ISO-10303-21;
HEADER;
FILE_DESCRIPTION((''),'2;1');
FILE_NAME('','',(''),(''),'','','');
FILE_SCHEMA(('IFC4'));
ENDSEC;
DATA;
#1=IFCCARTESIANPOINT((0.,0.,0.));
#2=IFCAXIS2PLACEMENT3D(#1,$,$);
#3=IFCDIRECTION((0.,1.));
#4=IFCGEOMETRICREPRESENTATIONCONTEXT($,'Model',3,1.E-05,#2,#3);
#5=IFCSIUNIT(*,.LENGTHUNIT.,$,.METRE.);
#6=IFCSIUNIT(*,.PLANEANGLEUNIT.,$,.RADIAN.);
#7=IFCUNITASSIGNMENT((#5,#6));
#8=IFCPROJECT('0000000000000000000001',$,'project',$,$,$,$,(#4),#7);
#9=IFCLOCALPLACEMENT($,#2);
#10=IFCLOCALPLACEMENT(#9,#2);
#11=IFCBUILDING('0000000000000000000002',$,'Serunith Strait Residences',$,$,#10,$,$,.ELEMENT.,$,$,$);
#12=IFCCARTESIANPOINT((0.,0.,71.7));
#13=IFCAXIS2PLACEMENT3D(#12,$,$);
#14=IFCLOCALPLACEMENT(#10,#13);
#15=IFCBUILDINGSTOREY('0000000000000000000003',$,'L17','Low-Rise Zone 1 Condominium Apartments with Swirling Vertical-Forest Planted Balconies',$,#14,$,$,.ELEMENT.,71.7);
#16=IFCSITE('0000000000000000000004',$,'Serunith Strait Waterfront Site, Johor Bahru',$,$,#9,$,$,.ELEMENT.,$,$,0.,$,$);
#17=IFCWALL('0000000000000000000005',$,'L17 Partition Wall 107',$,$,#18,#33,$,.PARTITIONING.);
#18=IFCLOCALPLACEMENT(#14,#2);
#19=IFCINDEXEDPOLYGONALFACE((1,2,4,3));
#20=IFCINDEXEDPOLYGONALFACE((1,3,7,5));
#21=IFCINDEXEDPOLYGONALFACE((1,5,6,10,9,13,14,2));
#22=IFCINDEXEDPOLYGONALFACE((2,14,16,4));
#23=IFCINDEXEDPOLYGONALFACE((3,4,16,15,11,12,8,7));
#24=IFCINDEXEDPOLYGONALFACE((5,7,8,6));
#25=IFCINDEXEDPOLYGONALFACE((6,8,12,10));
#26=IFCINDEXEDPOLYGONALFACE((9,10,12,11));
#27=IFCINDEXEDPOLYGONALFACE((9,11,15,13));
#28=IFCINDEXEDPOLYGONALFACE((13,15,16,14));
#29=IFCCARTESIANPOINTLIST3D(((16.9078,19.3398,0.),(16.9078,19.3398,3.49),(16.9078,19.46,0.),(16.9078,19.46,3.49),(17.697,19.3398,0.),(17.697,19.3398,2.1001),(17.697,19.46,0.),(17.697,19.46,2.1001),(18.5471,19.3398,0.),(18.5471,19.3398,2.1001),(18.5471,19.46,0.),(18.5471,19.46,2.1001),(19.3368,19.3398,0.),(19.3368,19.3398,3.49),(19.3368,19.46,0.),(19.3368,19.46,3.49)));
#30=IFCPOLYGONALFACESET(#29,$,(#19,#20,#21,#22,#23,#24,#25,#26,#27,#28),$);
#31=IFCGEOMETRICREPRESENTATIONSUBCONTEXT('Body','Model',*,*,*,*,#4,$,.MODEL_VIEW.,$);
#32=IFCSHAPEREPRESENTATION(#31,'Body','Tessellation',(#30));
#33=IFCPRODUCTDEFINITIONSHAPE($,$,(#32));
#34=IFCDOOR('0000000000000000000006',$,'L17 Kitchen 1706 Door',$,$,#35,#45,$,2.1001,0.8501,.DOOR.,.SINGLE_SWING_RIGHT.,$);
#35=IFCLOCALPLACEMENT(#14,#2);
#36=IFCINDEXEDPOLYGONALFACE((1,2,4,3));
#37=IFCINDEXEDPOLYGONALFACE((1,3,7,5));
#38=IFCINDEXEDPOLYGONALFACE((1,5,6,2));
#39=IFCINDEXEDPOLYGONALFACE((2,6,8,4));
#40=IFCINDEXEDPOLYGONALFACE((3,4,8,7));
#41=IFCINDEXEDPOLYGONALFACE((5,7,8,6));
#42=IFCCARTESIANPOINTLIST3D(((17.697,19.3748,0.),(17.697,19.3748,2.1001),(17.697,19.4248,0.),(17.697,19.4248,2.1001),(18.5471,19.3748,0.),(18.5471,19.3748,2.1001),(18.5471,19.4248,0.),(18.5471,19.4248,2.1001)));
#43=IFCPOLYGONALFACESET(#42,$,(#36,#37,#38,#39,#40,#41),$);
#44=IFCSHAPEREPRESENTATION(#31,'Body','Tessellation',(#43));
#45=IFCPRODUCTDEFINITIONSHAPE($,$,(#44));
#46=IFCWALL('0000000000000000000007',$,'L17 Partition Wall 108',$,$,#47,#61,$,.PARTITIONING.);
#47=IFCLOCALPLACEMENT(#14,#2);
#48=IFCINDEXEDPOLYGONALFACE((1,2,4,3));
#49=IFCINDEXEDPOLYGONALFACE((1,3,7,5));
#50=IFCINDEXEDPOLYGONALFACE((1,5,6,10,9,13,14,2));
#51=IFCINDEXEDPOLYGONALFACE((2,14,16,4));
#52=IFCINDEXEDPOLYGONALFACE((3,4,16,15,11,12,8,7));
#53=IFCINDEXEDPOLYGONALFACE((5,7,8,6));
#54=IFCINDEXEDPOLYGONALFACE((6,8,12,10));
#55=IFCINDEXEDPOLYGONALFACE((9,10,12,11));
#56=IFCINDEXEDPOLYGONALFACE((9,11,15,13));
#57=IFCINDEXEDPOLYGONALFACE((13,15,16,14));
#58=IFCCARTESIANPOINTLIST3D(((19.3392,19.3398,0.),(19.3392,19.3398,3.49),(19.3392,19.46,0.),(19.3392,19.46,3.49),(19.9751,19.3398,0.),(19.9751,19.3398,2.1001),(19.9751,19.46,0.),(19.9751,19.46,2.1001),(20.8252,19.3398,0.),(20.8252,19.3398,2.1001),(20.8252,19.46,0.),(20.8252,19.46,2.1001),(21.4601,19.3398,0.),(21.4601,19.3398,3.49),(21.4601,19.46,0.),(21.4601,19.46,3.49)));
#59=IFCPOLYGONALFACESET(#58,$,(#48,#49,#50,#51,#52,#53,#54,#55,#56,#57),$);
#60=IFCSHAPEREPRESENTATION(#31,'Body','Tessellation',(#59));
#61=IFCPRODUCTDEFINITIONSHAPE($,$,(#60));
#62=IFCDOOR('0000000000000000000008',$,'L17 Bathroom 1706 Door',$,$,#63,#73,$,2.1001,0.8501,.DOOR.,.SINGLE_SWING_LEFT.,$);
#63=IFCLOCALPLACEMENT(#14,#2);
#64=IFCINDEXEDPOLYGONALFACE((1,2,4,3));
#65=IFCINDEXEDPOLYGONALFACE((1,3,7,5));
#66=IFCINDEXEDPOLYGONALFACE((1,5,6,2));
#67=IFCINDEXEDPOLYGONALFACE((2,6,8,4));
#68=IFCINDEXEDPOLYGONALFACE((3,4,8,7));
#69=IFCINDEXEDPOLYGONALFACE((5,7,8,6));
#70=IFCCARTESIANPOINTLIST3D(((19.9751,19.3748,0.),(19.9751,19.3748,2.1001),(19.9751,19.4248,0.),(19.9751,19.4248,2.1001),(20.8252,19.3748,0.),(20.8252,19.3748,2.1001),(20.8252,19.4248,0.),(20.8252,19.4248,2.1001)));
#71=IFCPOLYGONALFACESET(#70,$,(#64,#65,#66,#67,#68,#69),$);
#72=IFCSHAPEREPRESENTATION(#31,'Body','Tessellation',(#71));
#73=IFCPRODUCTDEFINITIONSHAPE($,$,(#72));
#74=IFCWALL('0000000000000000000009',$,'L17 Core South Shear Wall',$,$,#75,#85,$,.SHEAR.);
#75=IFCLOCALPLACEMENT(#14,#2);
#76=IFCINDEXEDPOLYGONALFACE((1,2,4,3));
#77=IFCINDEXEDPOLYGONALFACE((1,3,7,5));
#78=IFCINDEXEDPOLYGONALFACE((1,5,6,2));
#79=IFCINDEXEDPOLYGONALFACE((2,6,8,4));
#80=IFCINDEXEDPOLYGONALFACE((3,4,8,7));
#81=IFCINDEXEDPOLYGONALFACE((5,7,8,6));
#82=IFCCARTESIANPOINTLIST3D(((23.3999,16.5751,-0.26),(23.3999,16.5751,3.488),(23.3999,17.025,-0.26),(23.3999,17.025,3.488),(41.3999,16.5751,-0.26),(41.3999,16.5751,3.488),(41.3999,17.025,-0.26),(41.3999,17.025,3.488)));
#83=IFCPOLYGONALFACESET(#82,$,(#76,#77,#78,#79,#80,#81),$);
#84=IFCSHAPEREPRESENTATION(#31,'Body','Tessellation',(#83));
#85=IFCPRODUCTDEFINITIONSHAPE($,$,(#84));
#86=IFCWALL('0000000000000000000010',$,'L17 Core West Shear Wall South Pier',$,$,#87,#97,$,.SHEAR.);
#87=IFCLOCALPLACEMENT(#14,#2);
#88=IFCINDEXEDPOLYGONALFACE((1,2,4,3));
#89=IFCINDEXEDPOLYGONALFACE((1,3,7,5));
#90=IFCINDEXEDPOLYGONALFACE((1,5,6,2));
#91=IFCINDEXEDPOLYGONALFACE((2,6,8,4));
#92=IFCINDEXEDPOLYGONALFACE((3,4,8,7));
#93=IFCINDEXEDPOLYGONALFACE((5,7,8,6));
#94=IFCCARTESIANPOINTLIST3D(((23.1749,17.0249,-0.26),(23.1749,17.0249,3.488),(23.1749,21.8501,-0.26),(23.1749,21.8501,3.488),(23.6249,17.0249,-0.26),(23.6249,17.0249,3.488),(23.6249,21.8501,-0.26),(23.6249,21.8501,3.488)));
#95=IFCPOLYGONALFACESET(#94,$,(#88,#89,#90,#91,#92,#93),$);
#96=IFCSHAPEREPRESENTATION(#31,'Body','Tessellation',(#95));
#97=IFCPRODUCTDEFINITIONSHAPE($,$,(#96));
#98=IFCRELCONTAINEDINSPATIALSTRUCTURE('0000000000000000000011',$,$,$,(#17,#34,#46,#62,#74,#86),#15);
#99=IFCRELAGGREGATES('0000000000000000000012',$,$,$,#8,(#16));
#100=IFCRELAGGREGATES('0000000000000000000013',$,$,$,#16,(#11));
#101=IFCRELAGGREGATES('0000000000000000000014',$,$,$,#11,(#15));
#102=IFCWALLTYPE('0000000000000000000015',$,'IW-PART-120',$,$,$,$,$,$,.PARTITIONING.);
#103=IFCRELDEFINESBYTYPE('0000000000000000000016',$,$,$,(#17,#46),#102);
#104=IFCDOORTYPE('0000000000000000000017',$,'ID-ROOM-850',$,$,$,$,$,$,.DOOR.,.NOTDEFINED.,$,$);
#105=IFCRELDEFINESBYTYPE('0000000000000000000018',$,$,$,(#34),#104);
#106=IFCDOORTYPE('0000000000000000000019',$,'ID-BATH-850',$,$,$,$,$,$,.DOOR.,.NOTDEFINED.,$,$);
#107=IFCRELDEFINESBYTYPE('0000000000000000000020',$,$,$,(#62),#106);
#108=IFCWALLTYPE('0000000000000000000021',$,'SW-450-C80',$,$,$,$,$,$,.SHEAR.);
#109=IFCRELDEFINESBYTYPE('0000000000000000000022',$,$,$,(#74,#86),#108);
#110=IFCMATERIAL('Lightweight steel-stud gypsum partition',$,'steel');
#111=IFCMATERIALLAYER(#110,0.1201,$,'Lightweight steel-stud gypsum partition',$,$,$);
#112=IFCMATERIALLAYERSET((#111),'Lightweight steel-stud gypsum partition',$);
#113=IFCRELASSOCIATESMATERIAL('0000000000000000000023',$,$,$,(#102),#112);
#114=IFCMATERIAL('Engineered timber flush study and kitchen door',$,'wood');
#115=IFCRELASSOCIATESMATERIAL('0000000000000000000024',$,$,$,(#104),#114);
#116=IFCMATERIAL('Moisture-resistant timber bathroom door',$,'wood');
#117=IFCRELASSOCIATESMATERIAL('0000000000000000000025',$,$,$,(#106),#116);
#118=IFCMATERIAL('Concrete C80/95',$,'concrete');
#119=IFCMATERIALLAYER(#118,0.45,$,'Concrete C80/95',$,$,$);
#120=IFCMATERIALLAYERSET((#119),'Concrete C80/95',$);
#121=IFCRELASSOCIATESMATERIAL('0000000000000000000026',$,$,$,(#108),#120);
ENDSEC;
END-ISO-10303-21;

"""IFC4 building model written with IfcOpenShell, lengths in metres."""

from ifc_helpers import new_model, si_unit, direction, frame, frame_2d, origin, place, context, subcontext, project, spatial, rectangle, extrude, source, transform, mapped, material, layer, layer_set, type_object, element, fill, save


model = new_model("IFC4")

# Units and contexts
model_context = context("Model", 3, precision=1e-05, world=origin(), true_north=direction((0.0, 1.0)))
body_context = subcontext(model_context, "Body", "Model", "MODEL_VIEW")
ifc_project = project(units=[si_unit("LENGTHUNIT", "METRE"), si_unit("PLANEANGLEUNIT", "RADIAN")], contexts=[model_context])

# Site, building, storey
site_placement = place(None, origin())
site = spatial("IfcSite", under=ifc_project, at=site_placement, Name="Serunith Strait Waterfront Site, Johor Bahru", CompositionType="ELEMENT", RefElevation=0.0)
building_placement = place(site_placement, origin())
building = spatial("IfcBuilding", under=site, at=building_placement, Name="Serunith Strait Residences", CompositionType="ELEMENT")
storey_placement = place(building_placement, frame((0.0, 0.0, 71.7)))
storey = spatial("IfcBuildingStorey", under=building, at=storey_placement, Name="L17", Description="Low-Rise Zone 1 Condominium Apartments with Swirling Vertical-Forest Planted Balconies", CompositionType="ELEMENT", Elevation=71.7)

# Shared definitions
ifc_material_1 = material(Name="Lightweight steel-stud gypsum partition", Category="steel")
ifc_layer_1 = layer(ifc_material_1, 0.1201, Name="Lightweight steel-stud gypsum partition")
ifc_layer_set_1 = layer_set([ifc_layer_1], Name="Lightweight steel-stud gypsum partition")
wall_type_1 = type_object("IfcWallType", Name="IW-PART-120", PredefinedType="PARTITIONING", material=ifc_layer_set_1)

# Walls, openings, doors
wall_1_placement = place(storey_placement, frame((16.908, 19.3999, 0.0), z_axis=(0.0, 0.0, 1.0), x_axis=(1.0, 0.0, 0.0)))
wall_1 = element("IfcWall", 1, at=wall_1_placement, inside=storey, type_object=wall_type_1, Name="L17 Partition Wall 107", PredefinedType="PARTITIONING", context=body_context, shape_type="SweptSolid", body=[
    extrude(rectangle(XDim=2.429, YDim=0.1201, at=frame_2d((1.2144, 0.0))), origin(), (0.0, 0.0, 1.0), 3.49),
])
opening_1_placement = place(wall_1_placement, frame((0.7891, 0.0, 0.0)))
opening_1 = element("IfcOpeningElement", 2, at=opening_1_placement, cuts=wall_1, PredefinedType="OPENING", context=body_context, shape_type="SweptSolid", body=[
    extrude(rectangle(XDim=0.8501, YDim=2.1001, at=frame_2d((0.425, 1.05))), frame((0.0, 0.0701, 0.0), z_axis=(0.0, -1.0, 0.0), x_axis=(1.0, 0.0, 0.0)), (0.0, 0.0, 1.0), 0.1401),
])
ifc_material_2 = material(Name="Engineered timber flush study and kitchen door", Category="wood")
door_type_1 = type_object("IfcDoorType", Name="ID-ROOM-850", OperationType="NOTDEFINED", PredefinedType="DOOR", material=ifc_material_2)
shared_shape_1 = source(origin(), body_context, "Body", "SweptSolid", [
    extrude(rectangle(XDim=0.8501, YDim=2.1001, at=frame_2d((0.425, 1.05))), frame((0.0, 0.0249, 0.0), z_axis=(0.0, -1.0, 0.0), x_axis=(1.0, 0.0, 0.0)), (0.0, 0.0, 1.0), 0.05),
])
door_1_placement = place(opening_1_placement, origin())
door_1 = element("IfcDoor", 3, at=door_1_placement, inside=storey, type_object=door_type_1, Name="L17 Kitchen 1706 Door", OperationType="SINGLE_SWING_RIGHT", OverallHeight=2.1001, OverallWidth=0.8501, PredefinedType="DOOR", context=body_context, shape_type="MappedRepresentation", body=[
    mapped(shared_shape_1, transform((0.0, 0.0, 0.0), scale=1.0)),
])
fill(opening_1, door_1)
wall_2_placement = place(storey_placement, frame((19.3391, 19.3999, 0.0), z_axis=(0.0, 0.0, 1.0), x_axis=(1.0, 0.0, 0.0)))
wall_2 = element("IfcWall", 4, at=wall_2_placement, inside=storey, type_object=wall_type_1, Name="L17 Partition Wall 108", PredefinedType="PARTITIONING", context=body_context, shape_type="SweptSolid", body=[
    extrude(rectangle(XDim=2.1208, YDim=0.1201, at=frame_2d((1.0605, 0.0))), origin(), (0.0, 0.0, 1.0), 3.49),
])
opening_2_placement = place(wall_2_placement, frame((0.636, 0.0, 0.0)))
opening_2 = element("IfcOpeningElement", 5, at=opening_2_placement, cuts=wall_2, PredefinedType="OPENING", context=body_context, shape_type="SweptSolid", body=[
    extrude(rectangle(XDim=0.8501, YDim=2.1001, at=frame_2d((0.425, 1.05))), frame((0.0, 0.0701, 0.0), z_axis=(0.0, -1.0, 0.0), x_axis=(1.0, 0.0, 0.0)), (0.0, 0.0, 1.0), 0.1401),
])
ifc_material_3 = material(Name="Moisture-resistant timber bathroom door", Category="wood")
door_type_2 = type_object("IfcDoorType", Name="ID-BATH-850", OperationType="NOTDEFINED", PredefinedType="DOOR", material=ifc_material_3)
door_2_placement = place(opening_2_placement, origin())
door_2 = element("IfcDoor", 6, at=door_2_placement, inside=storey, type_object=door_type_2, Name="L17 Bathroom 1706 Door", OperationType="SINGLE_SWING_LEFT", OverallHeight=2.1001, OverallWidth=0.8501, PredefinedType="DOOR", context=body_context, shape_type="MappedRepresentation", body=[
    mapped(shared_shape_1, transform((0.0, 0.0, 0.0), scale=1.0)),
])
fill(opening_2, door_2)

# Walls
ifc_material_4 = material(Name="Concrete C80/95", Category="concrete")
ifc_layer_2 = layer(ifc_material_4, 0.45, Name="Concrete C80/95")
ifc_layer_set_2 = layer_set([ifc_layer_2], Name="Concrete C80/95")
wall_type_2 = type_object("IfcWallType", Name="SW-450-C80", PredefinedType="SHEAR", material=ifc_layer_set_2)
wall_3_placement = place(storey_placement, frame((23.3999, 16.8, -0.26), z_axis=(0.0, 0.0, 1.0), x_axis=(1.0, 0.0, 0.0)))
element("IfcWall", 7, at=wall_3_placement, inside=storey, type_object=wall_type_2, Name="L17 Core South Shear Wall", PredefinedType="SHEAR", context=body_context, shape_type="SweptSolid", body=[
    extrude(rectangle(XDim=18.0, YDim=0.45, at=frame_2d((9.0, 0.0))), origin(), (0.0, 0.0, 1.0), 3.748),
])
wall_4_placement = place(storey_placement, frame((23.3999, 17.0249, -0.26), z_axis=(0.0, 0.0, 1.0), x_axis=(0.0, 1.0, 0.0)))
element("IfcWall", 8, at=wall_4_placement, inside=storey, type_object=wall_type_2, Name="L17 Core West Shear Wall South Pier", PredefinedType="SHEAR", context=body_context, shape_type="SweptSolid", body=[
    extrude(rectangle(XDim=4.8252, YDim=0.45, at=frame_2d((2.4126, 0.0))), origin(), (0.0, 0.0, 1.0), 3.748),
])

save(model, "model.ifc")
